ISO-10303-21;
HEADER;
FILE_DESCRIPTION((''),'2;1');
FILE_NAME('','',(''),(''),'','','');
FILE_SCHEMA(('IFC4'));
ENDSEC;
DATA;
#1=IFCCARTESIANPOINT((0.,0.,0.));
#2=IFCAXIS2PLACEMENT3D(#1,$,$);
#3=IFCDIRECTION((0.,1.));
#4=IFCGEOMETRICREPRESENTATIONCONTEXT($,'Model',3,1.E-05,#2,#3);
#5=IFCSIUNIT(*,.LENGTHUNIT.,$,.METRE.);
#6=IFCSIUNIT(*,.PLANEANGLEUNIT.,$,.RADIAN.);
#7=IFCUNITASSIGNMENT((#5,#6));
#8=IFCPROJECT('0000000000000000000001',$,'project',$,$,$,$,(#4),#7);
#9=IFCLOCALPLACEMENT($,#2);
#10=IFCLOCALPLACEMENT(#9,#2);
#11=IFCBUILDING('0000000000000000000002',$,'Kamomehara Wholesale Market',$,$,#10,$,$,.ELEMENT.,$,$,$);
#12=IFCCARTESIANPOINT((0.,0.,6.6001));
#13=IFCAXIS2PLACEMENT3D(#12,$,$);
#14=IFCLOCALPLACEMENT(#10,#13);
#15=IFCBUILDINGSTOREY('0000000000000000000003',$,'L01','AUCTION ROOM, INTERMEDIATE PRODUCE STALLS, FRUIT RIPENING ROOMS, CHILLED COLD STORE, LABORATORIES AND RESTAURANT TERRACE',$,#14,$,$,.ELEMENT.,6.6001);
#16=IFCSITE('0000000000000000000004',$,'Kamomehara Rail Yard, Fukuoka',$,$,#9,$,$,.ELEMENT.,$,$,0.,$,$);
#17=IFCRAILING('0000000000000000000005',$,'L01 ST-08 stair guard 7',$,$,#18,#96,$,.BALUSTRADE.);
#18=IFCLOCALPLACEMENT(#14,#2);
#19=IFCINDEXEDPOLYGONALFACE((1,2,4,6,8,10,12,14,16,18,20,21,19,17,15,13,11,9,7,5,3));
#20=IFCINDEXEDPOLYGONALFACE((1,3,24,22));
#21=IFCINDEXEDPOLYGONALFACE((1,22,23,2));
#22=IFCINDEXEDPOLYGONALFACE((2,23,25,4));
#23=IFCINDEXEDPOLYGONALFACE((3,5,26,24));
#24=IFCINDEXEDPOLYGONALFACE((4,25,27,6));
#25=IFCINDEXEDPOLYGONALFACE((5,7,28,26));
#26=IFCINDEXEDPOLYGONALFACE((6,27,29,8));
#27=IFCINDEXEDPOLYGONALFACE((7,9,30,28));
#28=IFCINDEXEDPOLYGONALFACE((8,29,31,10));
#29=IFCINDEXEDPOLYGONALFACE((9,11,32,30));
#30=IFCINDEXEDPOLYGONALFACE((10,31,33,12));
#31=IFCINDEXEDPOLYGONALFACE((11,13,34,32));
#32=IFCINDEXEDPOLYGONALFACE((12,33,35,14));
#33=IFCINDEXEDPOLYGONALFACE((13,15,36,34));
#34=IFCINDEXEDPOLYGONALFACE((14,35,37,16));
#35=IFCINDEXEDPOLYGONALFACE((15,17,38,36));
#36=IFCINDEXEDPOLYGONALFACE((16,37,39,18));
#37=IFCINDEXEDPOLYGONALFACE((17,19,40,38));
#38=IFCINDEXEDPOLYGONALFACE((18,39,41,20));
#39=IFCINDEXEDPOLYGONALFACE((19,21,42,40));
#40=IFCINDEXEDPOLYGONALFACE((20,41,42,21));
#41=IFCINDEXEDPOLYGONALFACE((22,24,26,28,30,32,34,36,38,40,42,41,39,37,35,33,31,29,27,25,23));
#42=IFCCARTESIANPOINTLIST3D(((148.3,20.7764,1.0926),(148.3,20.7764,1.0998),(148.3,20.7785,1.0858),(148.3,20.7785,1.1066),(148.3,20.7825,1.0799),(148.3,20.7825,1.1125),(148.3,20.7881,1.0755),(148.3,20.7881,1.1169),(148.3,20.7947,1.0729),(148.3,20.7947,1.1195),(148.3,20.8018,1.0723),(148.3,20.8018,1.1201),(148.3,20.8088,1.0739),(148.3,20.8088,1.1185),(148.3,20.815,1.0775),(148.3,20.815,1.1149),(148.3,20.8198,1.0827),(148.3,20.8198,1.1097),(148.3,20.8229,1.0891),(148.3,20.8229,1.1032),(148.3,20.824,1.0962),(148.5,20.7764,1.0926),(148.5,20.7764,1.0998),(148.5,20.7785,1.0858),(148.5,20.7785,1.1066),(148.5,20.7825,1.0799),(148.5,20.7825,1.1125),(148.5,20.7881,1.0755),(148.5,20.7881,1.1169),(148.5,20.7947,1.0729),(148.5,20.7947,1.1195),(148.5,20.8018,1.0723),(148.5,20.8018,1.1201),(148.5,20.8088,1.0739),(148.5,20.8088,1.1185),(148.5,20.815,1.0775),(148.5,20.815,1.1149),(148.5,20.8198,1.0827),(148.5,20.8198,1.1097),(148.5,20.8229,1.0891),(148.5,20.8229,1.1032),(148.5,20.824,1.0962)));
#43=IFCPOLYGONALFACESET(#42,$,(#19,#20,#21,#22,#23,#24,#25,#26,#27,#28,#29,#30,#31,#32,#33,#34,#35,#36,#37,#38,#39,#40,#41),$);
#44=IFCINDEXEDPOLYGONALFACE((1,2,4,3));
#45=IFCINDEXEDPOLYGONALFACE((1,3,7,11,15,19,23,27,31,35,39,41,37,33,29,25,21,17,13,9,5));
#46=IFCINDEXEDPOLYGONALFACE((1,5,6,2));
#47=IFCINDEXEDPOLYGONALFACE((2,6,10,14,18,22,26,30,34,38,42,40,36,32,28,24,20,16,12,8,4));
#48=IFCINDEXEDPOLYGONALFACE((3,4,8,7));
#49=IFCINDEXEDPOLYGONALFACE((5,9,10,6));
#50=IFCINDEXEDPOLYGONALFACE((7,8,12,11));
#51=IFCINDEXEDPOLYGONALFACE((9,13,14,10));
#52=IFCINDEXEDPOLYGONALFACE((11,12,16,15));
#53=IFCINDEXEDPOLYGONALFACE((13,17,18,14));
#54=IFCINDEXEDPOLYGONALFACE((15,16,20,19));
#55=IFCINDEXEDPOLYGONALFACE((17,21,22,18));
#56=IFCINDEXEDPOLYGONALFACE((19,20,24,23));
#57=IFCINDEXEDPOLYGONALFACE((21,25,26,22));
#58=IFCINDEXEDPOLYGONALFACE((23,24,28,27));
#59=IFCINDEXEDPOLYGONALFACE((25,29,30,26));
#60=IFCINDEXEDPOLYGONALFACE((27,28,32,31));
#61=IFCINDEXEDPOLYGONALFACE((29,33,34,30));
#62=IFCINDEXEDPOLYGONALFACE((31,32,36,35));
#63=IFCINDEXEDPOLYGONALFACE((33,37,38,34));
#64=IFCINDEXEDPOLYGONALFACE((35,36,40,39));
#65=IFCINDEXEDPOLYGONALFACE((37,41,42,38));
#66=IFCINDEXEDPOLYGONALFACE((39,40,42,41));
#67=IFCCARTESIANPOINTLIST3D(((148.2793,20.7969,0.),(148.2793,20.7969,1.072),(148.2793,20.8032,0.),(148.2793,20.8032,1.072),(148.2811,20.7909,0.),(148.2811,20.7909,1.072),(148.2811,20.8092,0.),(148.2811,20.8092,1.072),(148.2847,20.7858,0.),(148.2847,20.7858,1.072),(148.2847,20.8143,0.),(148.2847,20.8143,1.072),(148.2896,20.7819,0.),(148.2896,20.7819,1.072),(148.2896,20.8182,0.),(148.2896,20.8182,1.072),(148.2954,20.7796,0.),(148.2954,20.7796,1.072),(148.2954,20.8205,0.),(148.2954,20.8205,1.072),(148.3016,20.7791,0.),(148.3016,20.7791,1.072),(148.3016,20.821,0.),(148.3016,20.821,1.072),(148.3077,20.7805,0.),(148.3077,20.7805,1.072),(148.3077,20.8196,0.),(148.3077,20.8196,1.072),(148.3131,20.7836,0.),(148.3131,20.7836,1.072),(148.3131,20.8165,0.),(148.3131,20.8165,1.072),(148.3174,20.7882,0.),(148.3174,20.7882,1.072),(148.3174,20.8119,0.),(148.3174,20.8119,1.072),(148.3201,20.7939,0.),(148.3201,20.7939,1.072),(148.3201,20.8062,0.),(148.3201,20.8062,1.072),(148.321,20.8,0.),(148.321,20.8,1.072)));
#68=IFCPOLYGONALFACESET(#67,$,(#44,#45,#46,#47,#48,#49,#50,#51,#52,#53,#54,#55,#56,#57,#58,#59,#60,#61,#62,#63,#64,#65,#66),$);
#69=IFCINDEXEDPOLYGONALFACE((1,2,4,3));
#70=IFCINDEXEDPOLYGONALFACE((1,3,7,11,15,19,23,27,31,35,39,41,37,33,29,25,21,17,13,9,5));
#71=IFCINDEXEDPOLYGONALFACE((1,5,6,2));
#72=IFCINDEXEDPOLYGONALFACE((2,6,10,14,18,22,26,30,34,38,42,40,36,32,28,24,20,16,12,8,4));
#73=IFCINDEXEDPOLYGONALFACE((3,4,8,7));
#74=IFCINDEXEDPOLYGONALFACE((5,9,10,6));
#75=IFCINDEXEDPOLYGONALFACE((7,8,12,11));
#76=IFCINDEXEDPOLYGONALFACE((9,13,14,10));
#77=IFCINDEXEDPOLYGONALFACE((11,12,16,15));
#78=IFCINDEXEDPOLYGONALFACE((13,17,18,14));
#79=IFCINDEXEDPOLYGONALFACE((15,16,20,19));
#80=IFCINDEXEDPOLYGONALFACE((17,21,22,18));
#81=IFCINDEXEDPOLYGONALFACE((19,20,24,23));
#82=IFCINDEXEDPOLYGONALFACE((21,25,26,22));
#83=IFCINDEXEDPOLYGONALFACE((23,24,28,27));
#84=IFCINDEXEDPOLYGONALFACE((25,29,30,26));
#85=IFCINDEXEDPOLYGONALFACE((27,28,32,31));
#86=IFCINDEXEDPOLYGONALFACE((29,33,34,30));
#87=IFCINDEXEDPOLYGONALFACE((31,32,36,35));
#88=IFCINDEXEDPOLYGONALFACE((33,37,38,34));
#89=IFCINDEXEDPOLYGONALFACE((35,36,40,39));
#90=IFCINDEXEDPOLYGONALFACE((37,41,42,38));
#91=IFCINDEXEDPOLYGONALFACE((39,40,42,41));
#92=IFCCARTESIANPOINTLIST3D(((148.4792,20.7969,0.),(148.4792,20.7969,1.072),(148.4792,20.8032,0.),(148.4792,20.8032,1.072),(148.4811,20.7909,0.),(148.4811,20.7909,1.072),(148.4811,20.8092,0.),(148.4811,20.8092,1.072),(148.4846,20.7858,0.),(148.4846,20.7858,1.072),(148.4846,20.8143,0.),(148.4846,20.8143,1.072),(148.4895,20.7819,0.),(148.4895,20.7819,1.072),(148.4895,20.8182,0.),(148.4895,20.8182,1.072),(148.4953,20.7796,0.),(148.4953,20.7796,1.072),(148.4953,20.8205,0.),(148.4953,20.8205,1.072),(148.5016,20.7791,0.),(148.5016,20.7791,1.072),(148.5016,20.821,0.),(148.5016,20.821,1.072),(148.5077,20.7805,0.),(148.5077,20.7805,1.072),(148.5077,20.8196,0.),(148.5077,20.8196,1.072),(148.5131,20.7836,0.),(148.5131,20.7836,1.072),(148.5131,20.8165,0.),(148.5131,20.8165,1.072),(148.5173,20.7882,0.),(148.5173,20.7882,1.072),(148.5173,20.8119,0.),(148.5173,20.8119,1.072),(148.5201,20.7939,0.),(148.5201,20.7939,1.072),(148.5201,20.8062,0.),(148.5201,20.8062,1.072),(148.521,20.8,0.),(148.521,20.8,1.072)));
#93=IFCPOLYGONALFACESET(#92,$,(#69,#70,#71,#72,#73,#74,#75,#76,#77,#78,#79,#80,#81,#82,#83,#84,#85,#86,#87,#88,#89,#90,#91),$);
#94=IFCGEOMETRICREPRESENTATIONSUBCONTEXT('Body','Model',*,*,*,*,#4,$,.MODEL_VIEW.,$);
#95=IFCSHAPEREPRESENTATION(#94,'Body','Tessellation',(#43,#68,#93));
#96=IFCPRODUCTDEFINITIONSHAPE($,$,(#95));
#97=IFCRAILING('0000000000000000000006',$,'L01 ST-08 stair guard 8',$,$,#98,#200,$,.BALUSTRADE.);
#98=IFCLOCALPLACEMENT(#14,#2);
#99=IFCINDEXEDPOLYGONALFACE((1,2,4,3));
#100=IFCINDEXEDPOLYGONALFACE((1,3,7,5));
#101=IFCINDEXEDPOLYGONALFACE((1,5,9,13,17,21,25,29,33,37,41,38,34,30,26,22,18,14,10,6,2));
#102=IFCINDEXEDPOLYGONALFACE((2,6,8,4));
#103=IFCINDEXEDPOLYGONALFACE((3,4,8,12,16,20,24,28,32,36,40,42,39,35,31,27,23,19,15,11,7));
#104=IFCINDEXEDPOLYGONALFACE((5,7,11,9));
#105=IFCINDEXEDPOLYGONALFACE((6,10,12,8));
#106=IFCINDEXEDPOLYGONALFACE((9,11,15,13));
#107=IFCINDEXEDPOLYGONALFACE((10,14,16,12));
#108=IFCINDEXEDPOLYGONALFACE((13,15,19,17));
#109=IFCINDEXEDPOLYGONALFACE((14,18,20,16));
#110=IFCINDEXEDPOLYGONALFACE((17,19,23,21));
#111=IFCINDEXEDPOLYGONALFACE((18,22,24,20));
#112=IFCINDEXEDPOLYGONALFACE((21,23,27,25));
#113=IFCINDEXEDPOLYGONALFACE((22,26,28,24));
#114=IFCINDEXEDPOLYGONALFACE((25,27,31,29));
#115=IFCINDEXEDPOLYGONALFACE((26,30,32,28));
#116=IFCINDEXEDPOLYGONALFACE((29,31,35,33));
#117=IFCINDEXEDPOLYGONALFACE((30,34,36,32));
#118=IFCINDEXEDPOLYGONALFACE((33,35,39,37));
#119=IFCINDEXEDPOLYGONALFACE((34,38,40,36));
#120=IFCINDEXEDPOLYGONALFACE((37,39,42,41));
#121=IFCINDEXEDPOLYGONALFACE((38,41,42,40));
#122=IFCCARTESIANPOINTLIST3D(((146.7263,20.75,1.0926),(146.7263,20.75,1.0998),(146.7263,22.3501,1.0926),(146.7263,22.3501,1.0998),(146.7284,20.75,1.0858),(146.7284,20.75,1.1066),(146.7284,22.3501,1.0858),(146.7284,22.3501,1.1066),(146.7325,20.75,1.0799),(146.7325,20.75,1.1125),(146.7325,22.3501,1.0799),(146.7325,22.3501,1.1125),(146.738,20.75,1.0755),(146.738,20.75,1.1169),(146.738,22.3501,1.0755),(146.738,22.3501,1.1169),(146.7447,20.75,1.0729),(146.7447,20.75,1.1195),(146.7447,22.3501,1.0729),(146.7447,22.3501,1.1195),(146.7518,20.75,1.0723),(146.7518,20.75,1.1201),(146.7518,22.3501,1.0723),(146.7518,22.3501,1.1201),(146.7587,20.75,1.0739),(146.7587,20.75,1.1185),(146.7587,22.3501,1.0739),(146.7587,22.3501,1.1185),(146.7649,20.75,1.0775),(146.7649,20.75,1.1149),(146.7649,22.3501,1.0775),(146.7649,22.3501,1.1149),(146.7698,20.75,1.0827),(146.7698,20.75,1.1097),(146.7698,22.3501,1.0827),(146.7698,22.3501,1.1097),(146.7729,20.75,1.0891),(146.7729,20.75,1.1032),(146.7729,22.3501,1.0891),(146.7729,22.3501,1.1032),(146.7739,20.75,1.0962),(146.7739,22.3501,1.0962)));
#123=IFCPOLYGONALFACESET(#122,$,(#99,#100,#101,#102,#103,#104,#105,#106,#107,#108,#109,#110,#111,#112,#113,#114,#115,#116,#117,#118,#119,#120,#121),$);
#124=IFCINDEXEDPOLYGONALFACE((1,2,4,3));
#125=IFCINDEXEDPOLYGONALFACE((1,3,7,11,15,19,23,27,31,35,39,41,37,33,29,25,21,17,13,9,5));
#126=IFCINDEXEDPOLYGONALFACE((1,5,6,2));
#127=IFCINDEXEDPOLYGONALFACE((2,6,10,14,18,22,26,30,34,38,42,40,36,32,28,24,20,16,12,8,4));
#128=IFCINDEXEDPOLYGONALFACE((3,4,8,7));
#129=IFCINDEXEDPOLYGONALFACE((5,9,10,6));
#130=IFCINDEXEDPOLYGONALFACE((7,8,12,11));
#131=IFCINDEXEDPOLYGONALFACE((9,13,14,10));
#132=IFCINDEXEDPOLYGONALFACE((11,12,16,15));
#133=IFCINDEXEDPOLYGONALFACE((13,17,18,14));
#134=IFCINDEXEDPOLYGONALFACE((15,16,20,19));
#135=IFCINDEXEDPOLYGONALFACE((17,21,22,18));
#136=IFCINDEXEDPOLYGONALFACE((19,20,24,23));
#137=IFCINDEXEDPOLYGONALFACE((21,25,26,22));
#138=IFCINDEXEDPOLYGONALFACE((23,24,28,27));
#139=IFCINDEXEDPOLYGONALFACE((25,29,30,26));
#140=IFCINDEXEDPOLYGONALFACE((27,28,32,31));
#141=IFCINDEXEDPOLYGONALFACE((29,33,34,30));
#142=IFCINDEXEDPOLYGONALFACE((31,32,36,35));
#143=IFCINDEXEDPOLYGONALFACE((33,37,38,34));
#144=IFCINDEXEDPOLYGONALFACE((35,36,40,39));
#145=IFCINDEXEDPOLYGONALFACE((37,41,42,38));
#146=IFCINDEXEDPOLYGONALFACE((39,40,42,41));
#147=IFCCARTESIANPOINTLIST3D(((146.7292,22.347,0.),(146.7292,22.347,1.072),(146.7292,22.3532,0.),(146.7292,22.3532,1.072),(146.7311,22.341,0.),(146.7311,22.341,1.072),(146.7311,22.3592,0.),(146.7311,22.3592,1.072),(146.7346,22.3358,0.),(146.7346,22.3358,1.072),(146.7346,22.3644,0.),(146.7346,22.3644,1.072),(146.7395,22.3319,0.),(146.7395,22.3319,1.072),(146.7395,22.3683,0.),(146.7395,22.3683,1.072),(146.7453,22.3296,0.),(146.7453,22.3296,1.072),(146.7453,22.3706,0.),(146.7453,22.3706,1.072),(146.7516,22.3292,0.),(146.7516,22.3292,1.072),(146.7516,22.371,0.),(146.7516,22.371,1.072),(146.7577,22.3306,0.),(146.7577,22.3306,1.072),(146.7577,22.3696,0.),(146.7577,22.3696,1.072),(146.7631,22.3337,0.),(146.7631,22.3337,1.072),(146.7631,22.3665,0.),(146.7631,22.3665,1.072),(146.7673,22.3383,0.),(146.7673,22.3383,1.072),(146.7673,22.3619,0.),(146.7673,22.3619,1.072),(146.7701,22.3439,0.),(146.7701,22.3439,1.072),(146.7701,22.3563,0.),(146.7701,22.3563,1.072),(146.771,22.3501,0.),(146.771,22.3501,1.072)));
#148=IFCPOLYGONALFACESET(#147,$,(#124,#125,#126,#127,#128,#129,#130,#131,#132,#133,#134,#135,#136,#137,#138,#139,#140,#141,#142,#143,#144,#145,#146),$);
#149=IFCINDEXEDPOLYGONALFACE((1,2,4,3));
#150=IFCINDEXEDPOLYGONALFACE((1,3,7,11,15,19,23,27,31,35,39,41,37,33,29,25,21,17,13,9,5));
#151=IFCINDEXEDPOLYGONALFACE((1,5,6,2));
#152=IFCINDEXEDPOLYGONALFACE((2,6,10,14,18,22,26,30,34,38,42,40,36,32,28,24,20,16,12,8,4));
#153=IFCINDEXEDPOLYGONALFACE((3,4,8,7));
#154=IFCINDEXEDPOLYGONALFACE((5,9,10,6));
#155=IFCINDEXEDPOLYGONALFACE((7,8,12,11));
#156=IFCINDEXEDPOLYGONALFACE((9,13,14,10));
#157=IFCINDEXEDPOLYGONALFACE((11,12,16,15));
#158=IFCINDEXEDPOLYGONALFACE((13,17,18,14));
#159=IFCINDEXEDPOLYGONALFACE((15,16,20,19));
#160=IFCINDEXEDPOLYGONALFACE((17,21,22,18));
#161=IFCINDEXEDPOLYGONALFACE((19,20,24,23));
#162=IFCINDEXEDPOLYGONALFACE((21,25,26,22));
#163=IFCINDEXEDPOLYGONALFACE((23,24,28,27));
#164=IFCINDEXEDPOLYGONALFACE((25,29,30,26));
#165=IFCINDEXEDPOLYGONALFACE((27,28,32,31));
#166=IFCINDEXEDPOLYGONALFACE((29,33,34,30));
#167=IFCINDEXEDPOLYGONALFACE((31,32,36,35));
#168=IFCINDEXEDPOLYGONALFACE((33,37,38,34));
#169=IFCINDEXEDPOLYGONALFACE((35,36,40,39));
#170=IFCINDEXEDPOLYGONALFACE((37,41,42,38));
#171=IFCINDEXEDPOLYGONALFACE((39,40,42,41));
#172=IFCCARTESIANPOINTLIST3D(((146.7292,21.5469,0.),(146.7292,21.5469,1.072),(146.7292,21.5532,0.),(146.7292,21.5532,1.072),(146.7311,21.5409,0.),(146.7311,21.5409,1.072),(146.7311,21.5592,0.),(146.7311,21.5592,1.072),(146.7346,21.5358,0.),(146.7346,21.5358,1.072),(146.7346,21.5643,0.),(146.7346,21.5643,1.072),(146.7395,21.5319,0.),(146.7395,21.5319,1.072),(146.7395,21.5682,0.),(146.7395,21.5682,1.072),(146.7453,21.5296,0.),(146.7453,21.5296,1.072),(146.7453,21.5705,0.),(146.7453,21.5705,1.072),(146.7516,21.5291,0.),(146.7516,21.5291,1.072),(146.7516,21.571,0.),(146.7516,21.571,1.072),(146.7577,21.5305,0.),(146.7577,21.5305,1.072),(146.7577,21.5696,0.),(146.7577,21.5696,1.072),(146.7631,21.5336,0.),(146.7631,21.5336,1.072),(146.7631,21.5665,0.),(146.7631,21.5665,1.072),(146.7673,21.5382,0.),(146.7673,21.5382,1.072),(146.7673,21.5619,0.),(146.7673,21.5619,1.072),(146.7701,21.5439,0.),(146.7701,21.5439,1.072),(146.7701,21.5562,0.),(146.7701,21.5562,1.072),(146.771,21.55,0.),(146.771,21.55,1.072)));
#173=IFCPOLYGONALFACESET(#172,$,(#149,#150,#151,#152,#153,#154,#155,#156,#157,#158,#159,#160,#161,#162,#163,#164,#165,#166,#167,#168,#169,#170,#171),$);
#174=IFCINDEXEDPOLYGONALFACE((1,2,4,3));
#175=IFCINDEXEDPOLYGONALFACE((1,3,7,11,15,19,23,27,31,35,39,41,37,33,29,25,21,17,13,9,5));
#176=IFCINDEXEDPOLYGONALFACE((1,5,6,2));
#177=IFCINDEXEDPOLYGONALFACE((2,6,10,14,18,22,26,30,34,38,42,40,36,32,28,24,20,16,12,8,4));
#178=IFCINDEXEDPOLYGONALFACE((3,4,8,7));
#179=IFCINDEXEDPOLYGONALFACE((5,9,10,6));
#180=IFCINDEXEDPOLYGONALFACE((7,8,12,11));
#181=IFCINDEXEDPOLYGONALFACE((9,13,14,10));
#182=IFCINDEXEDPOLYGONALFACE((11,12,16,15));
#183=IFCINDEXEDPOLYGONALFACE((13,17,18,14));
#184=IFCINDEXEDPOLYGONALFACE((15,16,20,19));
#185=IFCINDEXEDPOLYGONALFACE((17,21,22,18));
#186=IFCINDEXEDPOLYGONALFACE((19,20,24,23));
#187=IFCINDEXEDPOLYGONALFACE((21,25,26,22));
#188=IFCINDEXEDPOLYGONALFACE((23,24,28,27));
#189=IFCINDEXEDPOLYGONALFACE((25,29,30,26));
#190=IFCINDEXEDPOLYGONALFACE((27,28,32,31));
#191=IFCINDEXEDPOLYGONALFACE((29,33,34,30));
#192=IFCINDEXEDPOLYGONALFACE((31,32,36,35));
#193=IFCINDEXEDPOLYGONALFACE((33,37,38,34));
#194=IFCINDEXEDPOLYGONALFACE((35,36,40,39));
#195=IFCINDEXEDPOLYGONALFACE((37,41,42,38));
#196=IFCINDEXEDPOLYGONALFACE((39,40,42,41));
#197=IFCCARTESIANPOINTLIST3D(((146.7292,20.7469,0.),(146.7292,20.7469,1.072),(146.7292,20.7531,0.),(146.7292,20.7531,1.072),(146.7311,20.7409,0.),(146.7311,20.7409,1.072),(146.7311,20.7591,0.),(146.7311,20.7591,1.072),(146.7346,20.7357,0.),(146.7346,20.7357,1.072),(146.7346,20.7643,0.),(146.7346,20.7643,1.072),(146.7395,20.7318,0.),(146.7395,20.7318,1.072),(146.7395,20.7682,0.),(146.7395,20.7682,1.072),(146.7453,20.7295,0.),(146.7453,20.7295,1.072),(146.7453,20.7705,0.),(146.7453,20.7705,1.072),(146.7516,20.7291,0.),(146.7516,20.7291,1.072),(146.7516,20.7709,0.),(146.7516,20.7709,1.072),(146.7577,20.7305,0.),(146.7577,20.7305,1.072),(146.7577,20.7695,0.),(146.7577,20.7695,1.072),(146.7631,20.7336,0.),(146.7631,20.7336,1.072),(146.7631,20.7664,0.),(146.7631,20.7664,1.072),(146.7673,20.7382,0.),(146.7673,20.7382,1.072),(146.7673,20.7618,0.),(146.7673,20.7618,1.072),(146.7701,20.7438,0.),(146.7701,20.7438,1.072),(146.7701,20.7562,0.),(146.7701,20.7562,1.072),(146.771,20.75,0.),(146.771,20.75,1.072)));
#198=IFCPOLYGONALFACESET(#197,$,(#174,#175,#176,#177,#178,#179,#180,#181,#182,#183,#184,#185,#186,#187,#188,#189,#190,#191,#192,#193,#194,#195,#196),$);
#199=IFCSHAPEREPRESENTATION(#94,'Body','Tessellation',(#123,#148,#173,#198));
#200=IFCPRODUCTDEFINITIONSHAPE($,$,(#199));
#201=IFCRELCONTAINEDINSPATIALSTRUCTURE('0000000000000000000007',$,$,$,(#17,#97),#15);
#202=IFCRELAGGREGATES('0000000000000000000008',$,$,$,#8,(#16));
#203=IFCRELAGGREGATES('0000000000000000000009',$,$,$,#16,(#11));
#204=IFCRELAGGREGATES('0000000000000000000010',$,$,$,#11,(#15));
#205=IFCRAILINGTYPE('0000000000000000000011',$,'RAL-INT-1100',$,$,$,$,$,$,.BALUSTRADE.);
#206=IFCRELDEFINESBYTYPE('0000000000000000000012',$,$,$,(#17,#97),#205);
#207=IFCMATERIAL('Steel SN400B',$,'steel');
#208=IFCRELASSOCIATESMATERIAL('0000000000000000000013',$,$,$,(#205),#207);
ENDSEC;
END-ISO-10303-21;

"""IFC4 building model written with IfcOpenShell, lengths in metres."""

from ifc_helpers import new_model, si_unit, direction, frame, origin, origin_2d, place, context, subcontext, project, spatial, circle, extrude, material, type_object, element, save


model = new_model("IFC4")

# Units and contexts
model_context = context("Model", 3, precision=1e-05, world=origin(), true_north=direction((0.0, 1.0)))
body_context = subcontext(model_context, "Body", "Model", "MODEL_VIEW")
ifc_project = project(units=[si_unit("LENGTHUNIT", "METRE"), si_unit("PLANEANGLEUNIT", "RADIAN")], contexts=[model_context])

# Site, building, storey
site_placement = place(None, origin())
site = spatial("IfcSite", under=ifc_project, at=site_placement, Name="Kamomehara Rail Yard, Fukuoka", CompositionType="ELEMENT", RefElevation=0.0)
building_placement = place(site_placement, origin())
building = spatial("IfcBuilding", under=site, at=building_placement, Name="Kamomehara Wholesale Market", CompositionType="ELEMENT")
storey_placement = place(building_placement, frame((0.0, 0.0, 6.6001)))
storey = spatial("IfcBuildingStorey", under=building, at=storey_placement, Name="L01", Description="AUCTION ROOM, INTERMEDIATE PRODUCE STALLS, FRUIT RIPENING ROOMS, CHILLED COLD STORE, LABORATORIES AND RESTAURANT TERRACE", CompositionType="ELEMENT", Elevation=6.6001)

# Railings
ifc_material_1 = material(Name="Steel SN400B", Category="steel")
railing_type_1 = type_object("IfcRailingType", Name="RAL-INT-1100", PredefinedType="BALUSTRADE", material=ifc_material_1)
railing_1_placement = place(storey_placement, frame((148.3, 20.8, 0.0)))
element("IfcRailing", 1, at=railing_1_placement, inside=storey, type_object=railing_type_1, Name="L01 ST-08 stair guard 7", PredefinedType="BALUSTRADE", context=body_context, shape_type="SweptSolid", body=[
    extrude(circle(Radius=0.0239, at=origin_2d()), frame((0.0, 0.0, 1.0962), z_axis=(1.0, 0.0, 0.0), x_axis=(0.0, 1.0, 0.0)), (0.0, 0.0, 1.0), 0.2),
    extrude(circle(Radius=0.021, at=origin_2d()), origin(), (0.0, 0.0, 1.0), 1.072),
    extrude(circle(Radius=0.021, at=origin_2d()), frame((0.2, 0.0, 0.0)), (0.0, 0.0, 1.0), 1.072),
])
railing_2_placement = place(storey_placement, frame((146.75, 22.3501, 0.0)))
element("IfcRailing", 2, at=railing_2_placement, inside=storey, type_object=railing_type_1, Name="L01 ST-08 stair guard 8", PredefinedType="BALUSTRADE", context=body_context, shape_type="SweptSolid", body=[
    extrude(circle(Radius=0.0239, at=origin_2d()), frame((0.0, 0.0, 1.0962), z_axis=(0.0, -1.0, 0.0), x_axis=(1.0, 0.0, 0.0)), (0.0, 0.0, 1.0), 1.6001),
    extrude(circle(Radius=0.021, at=origin_2d()), origin(), (0.0, 0.0, 1.0), 1.072),
    extrude(circle(Radius=0.021, at=origin_2d()), frame((0.0, -0.8, 0.0)), (0.0, 0.0, 1.0), 1.072),
    extrude(circle(Radius=0.021, at=origin_2d()), frame((0.0, -1.6001, 0.0)), (0.0, 0.0, 1.0), 1.072),
])

save(model, "model.ifc")
